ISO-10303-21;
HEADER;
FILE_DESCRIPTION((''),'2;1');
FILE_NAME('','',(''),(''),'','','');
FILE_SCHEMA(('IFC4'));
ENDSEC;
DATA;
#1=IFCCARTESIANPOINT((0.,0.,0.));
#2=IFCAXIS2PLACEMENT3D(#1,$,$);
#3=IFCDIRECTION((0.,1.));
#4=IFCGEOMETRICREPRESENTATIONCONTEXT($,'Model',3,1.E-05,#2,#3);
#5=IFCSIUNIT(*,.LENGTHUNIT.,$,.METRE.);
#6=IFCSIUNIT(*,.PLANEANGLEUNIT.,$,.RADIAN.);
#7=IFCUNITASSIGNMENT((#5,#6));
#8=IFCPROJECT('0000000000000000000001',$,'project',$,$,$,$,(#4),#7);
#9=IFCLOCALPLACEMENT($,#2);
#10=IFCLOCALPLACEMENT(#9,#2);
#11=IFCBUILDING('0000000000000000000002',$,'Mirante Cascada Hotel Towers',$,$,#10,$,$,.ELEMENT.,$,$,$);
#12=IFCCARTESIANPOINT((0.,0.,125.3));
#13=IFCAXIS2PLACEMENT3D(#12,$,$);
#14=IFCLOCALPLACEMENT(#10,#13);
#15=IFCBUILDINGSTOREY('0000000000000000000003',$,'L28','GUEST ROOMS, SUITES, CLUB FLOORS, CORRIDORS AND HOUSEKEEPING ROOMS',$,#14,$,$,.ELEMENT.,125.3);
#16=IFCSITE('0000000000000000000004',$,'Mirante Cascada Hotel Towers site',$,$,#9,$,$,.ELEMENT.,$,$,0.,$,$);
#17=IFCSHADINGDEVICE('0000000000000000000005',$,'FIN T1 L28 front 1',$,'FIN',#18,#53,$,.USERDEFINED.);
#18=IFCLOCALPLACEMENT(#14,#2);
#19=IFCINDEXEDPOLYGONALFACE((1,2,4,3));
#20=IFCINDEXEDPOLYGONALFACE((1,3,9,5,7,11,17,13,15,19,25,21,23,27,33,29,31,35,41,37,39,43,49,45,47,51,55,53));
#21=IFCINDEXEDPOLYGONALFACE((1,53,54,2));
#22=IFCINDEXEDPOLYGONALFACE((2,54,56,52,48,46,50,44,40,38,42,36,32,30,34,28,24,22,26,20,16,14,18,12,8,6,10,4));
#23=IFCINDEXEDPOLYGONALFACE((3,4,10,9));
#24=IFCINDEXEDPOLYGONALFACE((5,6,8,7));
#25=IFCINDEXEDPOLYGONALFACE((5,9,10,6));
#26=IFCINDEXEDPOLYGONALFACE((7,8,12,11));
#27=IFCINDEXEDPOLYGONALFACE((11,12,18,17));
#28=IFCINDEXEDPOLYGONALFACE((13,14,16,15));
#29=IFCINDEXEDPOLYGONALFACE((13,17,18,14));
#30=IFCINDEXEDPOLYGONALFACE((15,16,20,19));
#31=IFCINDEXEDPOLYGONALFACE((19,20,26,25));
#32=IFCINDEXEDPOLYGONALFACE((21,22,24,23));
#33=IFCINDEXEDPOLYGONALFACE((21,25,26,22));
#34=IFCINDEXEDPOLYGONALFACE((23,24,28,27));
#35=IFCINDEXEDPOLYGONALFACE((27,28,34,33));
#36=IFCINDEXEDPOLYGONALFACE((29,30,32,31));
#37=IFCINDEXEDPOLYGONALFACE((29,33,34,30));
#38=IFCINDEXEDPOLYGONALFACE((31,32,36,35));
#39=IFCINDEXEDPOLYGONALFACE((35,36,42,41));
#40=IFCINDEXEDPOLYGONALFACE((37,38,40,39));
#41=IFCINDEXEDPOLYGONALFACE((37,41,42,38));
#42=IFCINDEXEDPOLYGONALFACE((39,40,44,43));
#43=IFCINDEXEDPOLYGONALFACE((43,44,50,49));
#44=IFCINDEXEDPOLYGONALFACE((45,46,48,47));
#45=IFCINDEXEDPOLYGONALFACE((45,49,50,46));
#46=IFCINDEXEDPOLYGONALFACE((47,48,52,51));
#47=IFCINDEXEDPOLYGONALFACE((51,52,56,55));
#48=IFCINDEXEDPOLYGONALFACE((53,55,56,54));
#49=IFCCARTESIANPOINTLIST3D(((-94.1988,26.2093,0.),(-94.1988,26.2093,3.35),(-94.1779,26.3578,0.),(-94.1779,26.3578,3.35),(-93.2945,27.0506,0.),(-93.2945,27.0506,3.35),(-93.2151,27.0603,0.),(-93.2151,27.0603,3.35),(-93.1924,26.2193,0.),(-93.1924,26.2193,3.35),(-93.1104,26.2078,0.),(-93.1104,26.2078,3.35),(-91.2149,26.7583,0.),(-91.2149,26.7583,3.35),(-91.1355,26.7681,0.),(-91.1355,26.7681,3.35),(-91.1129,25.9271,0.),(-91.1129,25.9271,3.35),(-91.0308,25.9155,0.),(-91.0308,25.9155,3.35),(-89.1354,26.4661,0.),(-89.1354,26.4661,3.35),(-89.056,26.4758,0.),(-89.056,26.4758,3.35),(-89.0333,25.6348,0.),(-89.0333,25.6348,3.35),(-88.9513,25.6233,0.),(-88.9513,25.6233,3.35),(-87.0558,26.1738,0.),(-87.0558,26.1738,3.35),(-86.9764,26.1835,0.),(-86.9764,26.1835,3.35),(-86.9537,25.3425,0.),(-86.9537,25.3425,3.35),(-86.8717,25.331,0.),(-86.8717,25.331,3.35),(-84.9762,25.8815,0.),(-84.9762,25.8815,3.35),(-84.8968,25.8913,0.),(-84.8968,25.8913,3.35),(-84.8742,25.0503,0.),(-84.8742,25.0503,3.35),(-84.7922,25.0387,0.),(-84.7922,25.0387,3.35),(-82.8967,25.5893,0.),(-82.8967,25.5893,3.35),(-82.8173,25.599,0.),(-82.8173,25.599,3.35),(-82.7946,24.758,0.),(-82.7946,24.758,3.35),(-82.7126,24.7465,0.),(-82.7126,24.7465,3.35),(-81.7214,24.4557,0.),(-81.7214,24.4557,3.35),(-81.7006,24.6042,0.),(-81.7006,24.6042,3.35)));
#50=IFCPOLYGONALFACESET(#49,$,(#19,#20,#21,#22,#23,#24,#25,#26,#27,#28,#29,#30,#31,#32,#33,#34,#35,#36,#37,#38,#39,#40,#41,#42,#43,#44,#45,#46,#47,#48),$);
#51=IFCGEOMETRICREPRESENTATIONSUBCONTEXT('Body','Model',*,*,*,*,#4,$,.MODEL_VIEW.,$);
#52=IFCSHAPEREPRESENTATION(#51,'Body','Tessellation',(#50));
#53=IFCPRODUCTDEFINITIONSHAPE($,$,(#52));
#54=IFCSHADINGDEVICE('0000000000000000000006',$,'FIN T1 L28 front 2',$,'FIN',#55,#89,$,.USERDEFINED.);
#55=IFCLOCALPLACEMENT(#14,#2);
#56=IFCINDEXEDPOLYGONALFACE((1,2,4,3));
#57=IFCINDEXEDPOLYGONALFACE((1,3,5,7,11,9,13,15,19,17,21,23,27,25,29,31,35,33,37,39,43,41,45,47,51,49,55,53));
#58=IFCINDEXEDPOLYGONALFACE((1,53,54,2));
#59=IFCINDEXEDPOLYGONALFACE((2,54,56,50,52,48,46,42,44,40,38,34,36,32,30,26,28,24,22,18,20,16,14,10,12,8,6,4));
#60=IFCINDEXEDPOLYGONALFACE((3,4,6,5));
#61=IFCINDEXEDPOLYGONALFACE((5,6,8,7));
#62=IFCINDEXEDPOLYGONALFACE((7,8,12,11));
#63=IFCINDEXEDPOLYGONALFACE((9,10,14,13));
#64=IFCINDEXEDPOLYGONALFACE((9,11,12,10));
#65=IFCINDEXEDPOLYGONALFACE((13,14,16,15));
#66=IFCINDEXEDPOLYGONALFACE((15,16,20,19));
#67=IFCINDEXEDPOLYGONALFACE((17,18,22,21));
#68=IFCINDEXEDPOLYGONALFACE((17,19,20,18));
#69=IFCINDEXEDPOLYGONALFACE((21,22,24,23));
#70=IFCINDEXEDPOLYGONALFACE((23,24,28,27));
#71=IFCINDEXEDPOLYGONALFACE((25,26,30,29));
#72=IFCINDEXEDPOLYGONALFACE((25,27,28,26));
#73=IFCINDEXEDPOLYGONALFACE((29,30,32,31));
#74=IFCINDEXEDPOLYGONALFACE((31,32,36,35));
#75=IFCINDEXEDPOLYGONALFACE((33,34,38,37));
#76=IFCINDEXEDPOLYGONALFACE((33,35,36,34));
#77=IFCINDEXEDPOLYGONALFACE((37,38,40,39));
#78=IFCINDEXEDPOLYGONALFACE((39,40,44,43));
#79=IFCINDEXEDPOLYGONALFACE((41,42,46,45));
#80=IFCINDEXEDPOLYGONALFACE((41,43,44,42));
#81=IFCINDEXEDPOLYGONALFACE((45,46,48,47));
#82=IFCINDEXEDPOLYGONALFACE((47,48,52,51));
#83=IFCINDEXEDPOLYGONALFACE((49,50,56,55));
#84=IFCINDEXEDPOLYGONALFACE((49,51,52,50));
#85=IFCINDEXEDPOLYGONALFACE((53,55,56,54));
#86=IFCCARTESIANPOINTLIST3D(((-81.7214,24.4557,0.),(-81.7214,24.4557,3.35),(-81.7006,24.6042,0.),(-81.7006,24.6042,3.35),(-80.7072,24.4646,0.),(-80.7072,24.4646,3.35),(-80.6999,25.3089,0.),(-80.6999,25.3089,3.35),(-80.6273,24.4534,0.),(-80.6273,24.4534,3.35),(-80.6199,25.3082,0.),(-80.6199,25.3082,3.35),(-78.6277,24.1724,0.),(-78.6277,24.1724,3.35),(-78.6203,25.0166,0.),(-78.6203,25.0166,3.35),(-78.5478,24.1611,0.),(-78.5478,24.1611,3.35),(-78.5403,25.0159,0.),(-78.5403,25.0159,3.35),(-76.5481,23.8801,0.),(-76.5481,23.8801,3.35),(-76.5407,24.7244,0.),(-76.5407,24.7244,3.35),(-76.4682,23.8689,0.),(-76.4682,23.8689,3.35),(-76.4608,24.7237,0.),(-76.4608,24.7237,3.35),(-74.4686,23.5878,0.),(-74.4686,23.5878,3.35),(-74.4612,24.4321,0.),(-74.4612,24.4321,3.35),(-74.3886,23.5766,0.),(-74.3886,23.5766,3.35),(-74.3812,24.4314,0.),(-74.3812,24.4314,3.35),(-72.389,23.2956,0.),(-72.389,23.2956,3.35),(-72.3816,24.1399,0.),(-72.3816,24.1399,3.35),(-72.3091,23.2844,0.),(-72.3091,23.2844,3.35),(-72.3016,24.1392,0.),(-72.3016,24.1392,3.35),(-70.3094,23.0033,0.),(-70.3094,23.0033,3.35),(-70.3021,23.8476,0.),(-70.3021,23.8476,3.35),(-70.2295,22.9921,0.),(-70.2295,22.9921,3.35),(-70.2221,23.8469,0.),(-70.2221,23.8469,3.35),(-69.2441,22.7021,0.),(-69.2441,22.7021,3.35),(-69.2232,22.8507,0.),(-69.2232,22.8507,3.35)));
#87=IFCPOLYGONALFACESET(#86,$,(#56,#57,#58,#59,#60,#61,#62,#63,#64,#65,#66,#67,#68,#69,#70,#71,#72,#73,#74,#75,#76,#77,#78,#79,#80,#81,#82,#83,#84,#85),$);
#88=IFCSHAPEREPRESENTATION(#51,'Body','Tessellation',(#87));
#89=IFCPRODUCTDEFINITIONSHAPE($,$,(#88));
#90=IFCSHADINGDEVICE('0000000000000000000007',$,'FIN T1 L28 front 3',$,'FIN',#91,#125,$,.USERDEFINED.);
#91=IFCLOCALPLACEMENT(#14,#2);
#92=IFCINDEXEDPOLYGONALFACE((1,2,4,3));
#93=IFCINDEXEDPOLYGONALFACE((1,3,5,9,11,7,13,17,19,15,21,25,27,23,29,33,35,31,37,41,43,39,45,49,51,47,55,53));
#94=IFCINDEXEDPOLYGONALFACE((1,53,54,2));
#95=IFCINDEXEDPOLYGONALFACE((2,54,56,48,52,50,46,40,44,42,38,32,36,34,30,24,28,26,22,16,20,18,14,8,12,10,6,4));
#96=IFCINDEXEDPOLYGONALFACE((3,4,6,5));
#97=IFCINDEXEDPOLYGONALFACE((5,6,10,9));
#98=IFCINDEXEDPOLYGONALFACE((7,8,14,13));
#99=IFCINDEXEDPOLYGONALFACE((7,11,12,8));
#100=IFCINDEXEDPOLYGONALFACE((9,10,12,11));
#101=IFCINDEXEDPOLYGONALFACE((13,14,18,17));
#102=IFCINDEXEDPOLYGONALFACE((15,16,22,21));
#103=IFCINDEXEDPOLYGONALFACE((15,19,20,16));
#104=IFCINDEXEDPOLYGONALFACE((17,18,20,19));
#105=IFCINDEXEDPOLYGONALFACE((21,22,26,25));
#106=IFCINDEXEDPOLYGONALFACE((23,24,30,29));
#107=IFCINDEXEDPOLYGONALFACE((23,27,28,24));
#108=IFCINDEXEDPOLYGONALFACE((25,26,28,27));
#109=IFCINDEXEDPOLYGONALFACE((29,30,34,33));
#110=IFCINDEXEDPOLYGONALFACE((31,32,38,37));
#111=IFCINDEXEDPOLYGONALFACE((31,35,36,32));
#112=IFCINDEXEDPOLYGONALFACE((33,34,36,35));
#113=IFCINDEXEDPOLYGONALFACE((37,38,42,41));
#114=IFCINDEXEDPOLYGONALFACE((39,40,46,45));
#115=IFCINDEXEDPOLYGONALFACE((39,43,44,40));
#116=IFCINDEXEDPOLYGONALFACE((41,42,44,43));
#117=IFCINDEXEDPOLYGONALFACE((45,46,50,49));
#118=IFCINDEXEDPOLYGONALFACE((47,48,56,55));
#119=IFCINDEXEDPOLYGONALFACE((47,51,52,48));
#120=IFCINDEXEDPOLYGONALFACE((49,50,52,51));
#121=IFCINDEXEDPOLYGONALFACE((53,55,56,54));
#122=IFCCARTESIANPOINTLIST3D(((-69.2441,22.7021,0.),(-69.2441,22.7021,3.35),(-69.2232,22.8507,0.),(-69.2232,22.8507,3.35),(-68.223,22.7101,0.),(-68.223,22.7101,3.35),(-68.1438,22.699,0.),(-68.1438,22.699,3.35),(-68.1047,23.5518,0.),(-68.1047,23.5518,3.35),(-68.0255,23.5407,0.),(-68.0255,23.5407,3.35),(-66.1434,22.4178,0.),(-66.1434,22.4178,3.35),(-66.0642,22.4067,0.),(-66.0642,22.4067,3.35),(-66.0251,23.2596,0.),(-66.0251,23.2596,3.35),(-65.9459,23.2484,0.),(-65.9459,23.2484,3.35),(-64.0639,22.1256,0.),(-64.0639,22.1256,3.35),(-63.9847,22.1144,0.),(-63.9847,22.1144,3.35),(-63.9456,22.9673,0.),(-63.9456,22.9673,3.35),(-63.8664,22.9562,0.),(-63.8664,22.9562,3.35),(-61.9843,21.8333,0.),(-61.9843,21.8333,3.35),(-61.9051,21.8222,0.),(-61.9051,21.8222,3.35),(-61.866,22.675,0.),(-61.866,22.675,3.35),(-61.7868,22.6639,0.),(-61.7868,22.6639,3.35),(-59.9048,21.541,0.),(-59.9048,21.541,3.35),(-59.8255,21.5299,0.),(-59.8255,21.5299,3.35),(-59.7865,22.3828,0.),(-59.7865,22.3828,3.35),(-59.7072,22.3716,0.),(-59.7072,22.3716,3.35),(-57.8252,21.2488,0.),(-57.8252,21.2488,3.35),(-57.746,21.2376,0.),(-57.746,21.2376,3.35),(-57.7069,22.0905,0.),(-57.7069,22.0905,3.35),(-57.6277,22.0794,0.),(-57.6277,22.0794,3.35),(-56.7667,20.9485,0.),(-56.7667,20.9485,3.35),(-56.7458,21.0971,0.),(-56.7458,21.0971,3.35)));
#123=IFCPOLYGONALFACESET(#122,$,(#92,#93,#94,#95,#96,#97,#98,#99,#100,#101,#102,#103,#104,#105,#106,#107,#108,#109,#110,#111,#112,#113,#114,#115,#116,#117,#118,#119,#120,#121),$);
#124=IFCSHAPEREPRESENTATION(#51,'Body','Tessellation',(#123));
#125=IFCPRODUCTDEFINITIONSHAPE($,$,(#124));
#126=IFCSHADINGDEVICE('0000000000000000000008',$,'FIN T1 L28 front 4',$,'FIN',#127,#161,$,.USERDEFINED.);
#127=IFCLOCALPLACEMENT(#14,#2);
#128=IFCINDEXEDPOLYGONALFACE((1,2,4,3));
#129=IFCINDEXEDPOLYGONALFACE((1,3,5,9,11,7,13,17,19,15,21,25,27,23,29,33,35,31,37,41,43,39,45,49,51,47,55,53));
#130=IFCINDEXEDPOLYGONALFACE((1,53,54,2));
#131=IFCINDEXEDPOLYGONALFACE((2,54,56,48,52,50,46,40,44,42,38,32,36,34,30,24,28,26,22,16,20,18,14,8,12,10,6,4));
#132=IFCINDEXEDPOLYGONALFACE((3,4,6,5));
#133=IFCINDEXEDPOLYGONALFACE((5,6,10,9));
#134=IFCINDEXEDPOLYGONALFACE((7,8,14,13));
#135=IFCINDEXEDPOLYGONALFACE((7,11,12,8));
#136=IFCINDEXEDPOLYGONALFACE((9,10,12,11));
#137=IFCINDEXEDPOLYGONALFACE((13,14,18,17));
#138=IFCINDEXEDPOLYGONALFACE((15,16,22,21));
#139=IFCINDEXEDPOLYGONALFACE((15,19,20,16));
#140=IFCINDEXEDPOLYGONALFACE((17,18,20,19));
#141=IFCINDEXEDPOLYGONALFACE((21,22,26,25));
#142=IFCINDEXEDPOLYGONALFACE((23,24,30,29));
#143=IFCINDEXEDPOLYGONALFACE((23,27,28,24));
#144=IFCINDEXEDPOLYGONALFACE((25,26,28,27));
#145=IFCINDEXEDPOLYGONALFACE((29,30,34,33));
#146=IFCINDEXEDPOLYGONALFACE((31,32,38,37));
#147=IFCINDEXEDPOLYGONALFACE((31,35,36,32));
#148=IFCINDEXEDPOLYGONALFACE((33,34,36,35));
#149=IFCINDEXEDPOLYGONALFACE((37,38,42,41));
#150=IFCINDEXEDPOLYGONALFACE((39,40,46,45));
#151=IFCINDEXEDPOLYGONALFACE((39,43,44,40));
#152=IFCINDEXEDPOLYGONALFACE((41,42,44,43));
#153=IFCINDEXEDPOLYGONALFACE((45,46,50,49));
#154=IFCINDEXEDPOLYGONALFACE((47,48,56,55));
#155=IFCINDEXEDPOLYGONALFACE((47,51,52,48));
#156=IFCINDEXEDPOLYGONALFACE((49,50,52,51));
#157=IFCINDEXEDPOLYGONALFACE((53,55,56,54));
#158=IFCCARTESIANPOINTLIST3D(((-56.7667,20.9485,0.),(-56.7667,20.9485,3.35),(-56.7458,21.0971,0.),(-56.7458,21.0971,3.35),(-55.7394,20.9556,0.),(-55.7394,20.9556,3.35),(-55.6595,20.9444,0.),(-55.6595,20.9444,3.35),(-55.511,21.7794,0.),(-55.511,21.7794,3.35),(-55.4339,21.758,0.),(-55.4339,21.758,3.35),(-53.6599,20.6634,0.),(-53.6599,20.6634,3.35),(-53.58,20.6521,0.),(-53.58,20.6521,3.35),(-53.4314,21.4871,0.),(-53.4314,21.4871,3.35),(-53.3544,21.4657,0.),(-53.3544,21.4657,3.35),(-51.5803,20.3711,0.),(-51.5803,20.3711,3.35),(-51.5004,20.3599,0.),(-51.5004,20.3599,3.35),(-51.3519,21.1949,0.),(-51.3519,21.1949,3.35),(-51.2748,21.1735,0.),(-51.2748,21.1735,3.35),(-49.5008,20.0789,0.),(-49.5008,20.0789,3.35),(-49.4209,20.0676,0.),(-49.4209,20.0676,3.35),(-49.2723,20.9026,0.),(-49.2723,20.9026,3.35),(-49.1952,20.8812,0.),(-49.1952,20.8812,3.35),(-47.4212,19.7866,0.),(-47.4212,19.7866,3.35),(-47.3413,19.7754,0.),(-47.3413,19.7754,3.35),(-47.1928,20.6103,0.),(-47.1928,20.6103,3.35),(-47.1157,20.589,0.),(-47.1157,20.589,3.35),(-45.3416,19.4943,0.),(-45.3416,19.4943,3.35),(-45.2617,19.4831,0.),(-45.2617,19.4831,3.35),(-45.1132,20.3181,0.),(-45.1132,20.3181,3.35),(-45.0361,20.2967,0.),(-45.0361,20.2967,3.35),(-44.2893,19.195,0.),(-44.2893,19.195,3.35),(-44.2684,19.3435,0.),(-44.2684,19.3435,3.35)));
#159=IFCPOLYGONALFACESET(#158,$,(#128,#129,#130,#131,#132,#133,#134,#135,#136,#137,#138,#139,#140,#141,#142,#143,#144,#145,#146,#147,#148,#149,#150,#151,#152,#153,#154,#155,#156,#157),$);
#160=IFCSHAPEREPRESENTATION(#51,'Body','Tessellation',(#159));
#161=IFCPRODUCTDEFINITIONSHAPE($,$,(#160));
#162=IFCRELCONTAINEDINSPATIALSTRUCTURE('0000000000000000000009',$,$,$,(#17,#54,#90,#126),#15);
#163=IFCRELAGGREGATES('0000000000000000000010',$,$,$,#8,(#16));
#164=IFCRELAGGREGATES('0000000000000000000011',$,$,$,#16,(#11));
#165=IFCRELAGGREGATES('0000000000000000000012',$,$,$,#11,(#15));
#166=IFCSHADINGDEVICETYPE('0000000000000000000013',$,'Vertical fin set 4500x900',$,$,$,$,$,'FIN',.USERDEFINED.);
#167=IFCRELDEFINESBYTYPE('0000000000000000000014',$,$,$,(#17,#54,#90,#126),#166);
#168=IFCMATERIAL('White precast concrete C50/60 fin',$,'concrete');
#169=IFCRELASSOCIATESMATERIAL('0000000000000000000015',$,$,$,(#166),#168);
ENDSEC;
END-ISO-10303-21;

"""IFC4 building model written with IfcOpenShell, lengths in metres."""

from ifc_helpers import new_model, si_unit, direction, frame, origin, place, context, subcontext, project, spatial, polyline, outline, extrude, material, type_object, element, save


model = new_model("IFC4")

# Units and contexts
model_context = context("Model", 3, precision=1e-05, world=origin(), true_north=direction((0.0, 1.0)))
body_context = subcontext(model_context, "Body", "Model", "MODEL_VIEW")
ifc_project = project(units=[si_unit("LENGTHUNIT", "METRE"), si_unit("PLANEANGLEUNIT", "RADIAN")], contexts=[model_context])

# Site, building, storey
site_placement = place(None, origin())
site = spatial("IfcSite", under=ifc_project, at=site_placement, Name="Mirante Cascada Hotel Towers site", CompositionType="ELEMENT", RefElevation=0.0)
building_placement = place(site_placement, origin())
building = spatial("IfcBuilding", under=site, at=building_placement, Name="Mirante Cascada Hotel Towers", CompositionType="ELEMENT")
storey_placement = place(building_placement, frame((0.0, 0.0, 125.3)))
storey = spatial("IfcBuildingStorey", under=building, at=storey_placement, Name="L28", Description="GUEST ROOMS, SUITES, CLUB FLOORS, CORRIDORS AND HOUSEKEEPING ROOMS", CompositionType="ELEMENT", Elevation=125.3)

# Shading devices
ifc_material_1 = material(Name="White precast concrete C50/60 fin", Category="concrete")
shading_device_type = type_object("IfcShadingDeviceType", Name="Vertical fin set 4500x900", ElementType="FIN", PredefinedType="USERDEFINED", material=ifc_material_1)
shading_device_1_placement = place(storey_placement, origin())
element("IfcShadingDevice", 1, at=shading_device_1_placement, inside=storey, type_object=shading_device_type, Name="FIN T1 L28 front 1", ObjectType="FIN", PredefinedType="USERDEFINED", context=body_context, shape_type="SweptSolid", body=[
    extrude(outline(polyline([(-82.8173, 25.599), (-82.7126, 24.7465), (-81.7006, 24.6042), (-81.7214, 24.4557), (-94.1988, 26.2093), (-94.1779, 26.3578), (-93.1924, 26.2193), (-93.2945, 27.0506), (-93.2151, 27.0603), (-93.1104, 26.2078), (-91.1129, 25.9271), (-91.2149, 26.7583), (-91.1355, 26.7681), (-91.0308, 25.9155), (-89.0333, 25.6348), (-89.1354, 26.4661), (-89.056, 26.4758), (-88.9513, 25.6233), (-86.9537, 25.3425), (-87.0558, 26.1738), (-86.9764, 26.1835), (-86.8717, 25.331), (-84.8742, 25.0503), (-84.9762, 25.8815), (-84.8968, 25.8913), (-84.7922, 25.0387), (-82.7946, 24.758), (-82.8967, 25.5893), (-82.8173, 25.599)])), origin(), (0.0, 0.0, 1.0), 3.35),
])
shading_device_2_placement = place(storey_placement, origin())
element("IfcShadingDevice", 2, at=shading_device_2_placement, inside=storey, type_object=shading_device_type, Name="FIN T1 L28 front 2", ObjectType="FIN", PredefinedType="USERDEFINED", context=body_context, shape_type="SweptSolid", body=[
    extrude(outline(polyline([(-70.2221, 23.8469), (-70.2295, 22.9921), (-69.2232, 22.8507), (-69.2441, 22.7021), (-81.7214, 24.4557), (-81.7006, 24.6042), (-80.7072, 24.4646), (-80.6999, 25.3089), (-80.6199, 25.3082), (-80.6273, 24.4534), (-78.6277, 24.1724), (-78.6203, 25.0166), (-78.5403, 25.0159), (-78.5478, 24.1611), (-76.5481, 23.8801), (-76.5407, 24.7244), (-76.4608, 24.7237), (-76.4682, 23.8689), (-74.4686, 23.5878), (-74.4612, 24.4321), (-74.3812, 24.4314), (-74.3886, 23.5766), (-72.389, 23.2956), (-72.3816, 24.1399), (-72.3016, 24.1392), (-72.3091, 23.2844), (-70.3094, 23.0033), (-70.3021, 23.8476), (-70.2221, 23.8469)])), origin(), (0.0, 0.0, 1.0), 3.35),
])
shading_device_3_placement = place(storey_placement, origin())
element("IfcShadingDevice", 3, at=shading_device_3_placement, inside=storey, type_object=shading_device_type, Name="FIN T1 L28 front 3", ObjectType="FIN", PredefinedType="USERDEFINED", context=body_context, shape_type="SweptSolid", body=[
    extrude(outline(polyline([(-57.6277, 22.0794), (-57.746, 21.2376), (-56.7458, 21.0971), (-56.7667, 20.9485), (-69.2441, 22.7021), (-69.2232, 22.8507), (-68.223, 22.7101), (-68.1047, 23.5518), (-68.0255, 23.5407), (-68.1438, 22.699), (-66.1434, 22.4178), (-66.0251, 23.2596), (-65.9459, 23.2484), (-66.0642, 22.4067), (-64.0639, 22.1256), (-63.9456, 22.9673), (-63.8664, 22.9562), (-63.9847, 22.1144), (-61.9843, 21.8333), (-61.866, 22.675), (-61.7868, 22.6639), (-61.9051, 21.8222), (-59.9048, 21.541), (-59.7865, 22.3828), (-59.7072, 22.3716), (-59.8255, 21.5299), (-57.8252, 21.2488), (-57.7069, 22.0905), (-57.6277, 22.0794)])), origin(), (0.0, 0.0, 1.0), 3.35),
])
shading_device_4_placement = place(storey_placement, origin())
element("IfcShadingDevice", 4, at=shading_device_4_placement, inside=storey, type_object=shading_device_type, Name="FIN T1 L28 front 4", ObjectType="FIN", PredefinedType="USERDEFINED", context=body_context, shape_type="SweptSolid", body=[
    extrude(outline(polyline([(-45.0361, 20.2967), (-45.2617, 19.4831), (-44.2684, 19.3435), (-44.2893, 19.195), (-56.7667, 20.9485), (-56.7458, 21.0971), (-55.7394, 20.9556), (-55.511, 21.7794), (-55.4339, 21.758), (-55.6595, 20.9444), (-53.6599, 20.6634), (-53.4314, 21.4871), (-53.3544, 21.4657), (-53.58, 20.6521), (-51.5803, 20.3711), (-51.3519, 21.1949), (-51.2748, 21.1735), (-51.5004, 20.3599), (-49.5008, 20.0789), (-49.2723, 20.9026), (-49.1952, 20.8812), (-49.4209, 20.0676), (-47.4212, 19.7866), (-47.1928, 20.6103), (-47.1157, 20.589), (-47.3413, 19.7754), (-45.3416, 19.4943), (-45.1132, 20.3181), (-45.0361, 20.2967)])), origin(), (0.0, 0.0, 1.0), 3.35),
])

save(model, "model.ifc")
